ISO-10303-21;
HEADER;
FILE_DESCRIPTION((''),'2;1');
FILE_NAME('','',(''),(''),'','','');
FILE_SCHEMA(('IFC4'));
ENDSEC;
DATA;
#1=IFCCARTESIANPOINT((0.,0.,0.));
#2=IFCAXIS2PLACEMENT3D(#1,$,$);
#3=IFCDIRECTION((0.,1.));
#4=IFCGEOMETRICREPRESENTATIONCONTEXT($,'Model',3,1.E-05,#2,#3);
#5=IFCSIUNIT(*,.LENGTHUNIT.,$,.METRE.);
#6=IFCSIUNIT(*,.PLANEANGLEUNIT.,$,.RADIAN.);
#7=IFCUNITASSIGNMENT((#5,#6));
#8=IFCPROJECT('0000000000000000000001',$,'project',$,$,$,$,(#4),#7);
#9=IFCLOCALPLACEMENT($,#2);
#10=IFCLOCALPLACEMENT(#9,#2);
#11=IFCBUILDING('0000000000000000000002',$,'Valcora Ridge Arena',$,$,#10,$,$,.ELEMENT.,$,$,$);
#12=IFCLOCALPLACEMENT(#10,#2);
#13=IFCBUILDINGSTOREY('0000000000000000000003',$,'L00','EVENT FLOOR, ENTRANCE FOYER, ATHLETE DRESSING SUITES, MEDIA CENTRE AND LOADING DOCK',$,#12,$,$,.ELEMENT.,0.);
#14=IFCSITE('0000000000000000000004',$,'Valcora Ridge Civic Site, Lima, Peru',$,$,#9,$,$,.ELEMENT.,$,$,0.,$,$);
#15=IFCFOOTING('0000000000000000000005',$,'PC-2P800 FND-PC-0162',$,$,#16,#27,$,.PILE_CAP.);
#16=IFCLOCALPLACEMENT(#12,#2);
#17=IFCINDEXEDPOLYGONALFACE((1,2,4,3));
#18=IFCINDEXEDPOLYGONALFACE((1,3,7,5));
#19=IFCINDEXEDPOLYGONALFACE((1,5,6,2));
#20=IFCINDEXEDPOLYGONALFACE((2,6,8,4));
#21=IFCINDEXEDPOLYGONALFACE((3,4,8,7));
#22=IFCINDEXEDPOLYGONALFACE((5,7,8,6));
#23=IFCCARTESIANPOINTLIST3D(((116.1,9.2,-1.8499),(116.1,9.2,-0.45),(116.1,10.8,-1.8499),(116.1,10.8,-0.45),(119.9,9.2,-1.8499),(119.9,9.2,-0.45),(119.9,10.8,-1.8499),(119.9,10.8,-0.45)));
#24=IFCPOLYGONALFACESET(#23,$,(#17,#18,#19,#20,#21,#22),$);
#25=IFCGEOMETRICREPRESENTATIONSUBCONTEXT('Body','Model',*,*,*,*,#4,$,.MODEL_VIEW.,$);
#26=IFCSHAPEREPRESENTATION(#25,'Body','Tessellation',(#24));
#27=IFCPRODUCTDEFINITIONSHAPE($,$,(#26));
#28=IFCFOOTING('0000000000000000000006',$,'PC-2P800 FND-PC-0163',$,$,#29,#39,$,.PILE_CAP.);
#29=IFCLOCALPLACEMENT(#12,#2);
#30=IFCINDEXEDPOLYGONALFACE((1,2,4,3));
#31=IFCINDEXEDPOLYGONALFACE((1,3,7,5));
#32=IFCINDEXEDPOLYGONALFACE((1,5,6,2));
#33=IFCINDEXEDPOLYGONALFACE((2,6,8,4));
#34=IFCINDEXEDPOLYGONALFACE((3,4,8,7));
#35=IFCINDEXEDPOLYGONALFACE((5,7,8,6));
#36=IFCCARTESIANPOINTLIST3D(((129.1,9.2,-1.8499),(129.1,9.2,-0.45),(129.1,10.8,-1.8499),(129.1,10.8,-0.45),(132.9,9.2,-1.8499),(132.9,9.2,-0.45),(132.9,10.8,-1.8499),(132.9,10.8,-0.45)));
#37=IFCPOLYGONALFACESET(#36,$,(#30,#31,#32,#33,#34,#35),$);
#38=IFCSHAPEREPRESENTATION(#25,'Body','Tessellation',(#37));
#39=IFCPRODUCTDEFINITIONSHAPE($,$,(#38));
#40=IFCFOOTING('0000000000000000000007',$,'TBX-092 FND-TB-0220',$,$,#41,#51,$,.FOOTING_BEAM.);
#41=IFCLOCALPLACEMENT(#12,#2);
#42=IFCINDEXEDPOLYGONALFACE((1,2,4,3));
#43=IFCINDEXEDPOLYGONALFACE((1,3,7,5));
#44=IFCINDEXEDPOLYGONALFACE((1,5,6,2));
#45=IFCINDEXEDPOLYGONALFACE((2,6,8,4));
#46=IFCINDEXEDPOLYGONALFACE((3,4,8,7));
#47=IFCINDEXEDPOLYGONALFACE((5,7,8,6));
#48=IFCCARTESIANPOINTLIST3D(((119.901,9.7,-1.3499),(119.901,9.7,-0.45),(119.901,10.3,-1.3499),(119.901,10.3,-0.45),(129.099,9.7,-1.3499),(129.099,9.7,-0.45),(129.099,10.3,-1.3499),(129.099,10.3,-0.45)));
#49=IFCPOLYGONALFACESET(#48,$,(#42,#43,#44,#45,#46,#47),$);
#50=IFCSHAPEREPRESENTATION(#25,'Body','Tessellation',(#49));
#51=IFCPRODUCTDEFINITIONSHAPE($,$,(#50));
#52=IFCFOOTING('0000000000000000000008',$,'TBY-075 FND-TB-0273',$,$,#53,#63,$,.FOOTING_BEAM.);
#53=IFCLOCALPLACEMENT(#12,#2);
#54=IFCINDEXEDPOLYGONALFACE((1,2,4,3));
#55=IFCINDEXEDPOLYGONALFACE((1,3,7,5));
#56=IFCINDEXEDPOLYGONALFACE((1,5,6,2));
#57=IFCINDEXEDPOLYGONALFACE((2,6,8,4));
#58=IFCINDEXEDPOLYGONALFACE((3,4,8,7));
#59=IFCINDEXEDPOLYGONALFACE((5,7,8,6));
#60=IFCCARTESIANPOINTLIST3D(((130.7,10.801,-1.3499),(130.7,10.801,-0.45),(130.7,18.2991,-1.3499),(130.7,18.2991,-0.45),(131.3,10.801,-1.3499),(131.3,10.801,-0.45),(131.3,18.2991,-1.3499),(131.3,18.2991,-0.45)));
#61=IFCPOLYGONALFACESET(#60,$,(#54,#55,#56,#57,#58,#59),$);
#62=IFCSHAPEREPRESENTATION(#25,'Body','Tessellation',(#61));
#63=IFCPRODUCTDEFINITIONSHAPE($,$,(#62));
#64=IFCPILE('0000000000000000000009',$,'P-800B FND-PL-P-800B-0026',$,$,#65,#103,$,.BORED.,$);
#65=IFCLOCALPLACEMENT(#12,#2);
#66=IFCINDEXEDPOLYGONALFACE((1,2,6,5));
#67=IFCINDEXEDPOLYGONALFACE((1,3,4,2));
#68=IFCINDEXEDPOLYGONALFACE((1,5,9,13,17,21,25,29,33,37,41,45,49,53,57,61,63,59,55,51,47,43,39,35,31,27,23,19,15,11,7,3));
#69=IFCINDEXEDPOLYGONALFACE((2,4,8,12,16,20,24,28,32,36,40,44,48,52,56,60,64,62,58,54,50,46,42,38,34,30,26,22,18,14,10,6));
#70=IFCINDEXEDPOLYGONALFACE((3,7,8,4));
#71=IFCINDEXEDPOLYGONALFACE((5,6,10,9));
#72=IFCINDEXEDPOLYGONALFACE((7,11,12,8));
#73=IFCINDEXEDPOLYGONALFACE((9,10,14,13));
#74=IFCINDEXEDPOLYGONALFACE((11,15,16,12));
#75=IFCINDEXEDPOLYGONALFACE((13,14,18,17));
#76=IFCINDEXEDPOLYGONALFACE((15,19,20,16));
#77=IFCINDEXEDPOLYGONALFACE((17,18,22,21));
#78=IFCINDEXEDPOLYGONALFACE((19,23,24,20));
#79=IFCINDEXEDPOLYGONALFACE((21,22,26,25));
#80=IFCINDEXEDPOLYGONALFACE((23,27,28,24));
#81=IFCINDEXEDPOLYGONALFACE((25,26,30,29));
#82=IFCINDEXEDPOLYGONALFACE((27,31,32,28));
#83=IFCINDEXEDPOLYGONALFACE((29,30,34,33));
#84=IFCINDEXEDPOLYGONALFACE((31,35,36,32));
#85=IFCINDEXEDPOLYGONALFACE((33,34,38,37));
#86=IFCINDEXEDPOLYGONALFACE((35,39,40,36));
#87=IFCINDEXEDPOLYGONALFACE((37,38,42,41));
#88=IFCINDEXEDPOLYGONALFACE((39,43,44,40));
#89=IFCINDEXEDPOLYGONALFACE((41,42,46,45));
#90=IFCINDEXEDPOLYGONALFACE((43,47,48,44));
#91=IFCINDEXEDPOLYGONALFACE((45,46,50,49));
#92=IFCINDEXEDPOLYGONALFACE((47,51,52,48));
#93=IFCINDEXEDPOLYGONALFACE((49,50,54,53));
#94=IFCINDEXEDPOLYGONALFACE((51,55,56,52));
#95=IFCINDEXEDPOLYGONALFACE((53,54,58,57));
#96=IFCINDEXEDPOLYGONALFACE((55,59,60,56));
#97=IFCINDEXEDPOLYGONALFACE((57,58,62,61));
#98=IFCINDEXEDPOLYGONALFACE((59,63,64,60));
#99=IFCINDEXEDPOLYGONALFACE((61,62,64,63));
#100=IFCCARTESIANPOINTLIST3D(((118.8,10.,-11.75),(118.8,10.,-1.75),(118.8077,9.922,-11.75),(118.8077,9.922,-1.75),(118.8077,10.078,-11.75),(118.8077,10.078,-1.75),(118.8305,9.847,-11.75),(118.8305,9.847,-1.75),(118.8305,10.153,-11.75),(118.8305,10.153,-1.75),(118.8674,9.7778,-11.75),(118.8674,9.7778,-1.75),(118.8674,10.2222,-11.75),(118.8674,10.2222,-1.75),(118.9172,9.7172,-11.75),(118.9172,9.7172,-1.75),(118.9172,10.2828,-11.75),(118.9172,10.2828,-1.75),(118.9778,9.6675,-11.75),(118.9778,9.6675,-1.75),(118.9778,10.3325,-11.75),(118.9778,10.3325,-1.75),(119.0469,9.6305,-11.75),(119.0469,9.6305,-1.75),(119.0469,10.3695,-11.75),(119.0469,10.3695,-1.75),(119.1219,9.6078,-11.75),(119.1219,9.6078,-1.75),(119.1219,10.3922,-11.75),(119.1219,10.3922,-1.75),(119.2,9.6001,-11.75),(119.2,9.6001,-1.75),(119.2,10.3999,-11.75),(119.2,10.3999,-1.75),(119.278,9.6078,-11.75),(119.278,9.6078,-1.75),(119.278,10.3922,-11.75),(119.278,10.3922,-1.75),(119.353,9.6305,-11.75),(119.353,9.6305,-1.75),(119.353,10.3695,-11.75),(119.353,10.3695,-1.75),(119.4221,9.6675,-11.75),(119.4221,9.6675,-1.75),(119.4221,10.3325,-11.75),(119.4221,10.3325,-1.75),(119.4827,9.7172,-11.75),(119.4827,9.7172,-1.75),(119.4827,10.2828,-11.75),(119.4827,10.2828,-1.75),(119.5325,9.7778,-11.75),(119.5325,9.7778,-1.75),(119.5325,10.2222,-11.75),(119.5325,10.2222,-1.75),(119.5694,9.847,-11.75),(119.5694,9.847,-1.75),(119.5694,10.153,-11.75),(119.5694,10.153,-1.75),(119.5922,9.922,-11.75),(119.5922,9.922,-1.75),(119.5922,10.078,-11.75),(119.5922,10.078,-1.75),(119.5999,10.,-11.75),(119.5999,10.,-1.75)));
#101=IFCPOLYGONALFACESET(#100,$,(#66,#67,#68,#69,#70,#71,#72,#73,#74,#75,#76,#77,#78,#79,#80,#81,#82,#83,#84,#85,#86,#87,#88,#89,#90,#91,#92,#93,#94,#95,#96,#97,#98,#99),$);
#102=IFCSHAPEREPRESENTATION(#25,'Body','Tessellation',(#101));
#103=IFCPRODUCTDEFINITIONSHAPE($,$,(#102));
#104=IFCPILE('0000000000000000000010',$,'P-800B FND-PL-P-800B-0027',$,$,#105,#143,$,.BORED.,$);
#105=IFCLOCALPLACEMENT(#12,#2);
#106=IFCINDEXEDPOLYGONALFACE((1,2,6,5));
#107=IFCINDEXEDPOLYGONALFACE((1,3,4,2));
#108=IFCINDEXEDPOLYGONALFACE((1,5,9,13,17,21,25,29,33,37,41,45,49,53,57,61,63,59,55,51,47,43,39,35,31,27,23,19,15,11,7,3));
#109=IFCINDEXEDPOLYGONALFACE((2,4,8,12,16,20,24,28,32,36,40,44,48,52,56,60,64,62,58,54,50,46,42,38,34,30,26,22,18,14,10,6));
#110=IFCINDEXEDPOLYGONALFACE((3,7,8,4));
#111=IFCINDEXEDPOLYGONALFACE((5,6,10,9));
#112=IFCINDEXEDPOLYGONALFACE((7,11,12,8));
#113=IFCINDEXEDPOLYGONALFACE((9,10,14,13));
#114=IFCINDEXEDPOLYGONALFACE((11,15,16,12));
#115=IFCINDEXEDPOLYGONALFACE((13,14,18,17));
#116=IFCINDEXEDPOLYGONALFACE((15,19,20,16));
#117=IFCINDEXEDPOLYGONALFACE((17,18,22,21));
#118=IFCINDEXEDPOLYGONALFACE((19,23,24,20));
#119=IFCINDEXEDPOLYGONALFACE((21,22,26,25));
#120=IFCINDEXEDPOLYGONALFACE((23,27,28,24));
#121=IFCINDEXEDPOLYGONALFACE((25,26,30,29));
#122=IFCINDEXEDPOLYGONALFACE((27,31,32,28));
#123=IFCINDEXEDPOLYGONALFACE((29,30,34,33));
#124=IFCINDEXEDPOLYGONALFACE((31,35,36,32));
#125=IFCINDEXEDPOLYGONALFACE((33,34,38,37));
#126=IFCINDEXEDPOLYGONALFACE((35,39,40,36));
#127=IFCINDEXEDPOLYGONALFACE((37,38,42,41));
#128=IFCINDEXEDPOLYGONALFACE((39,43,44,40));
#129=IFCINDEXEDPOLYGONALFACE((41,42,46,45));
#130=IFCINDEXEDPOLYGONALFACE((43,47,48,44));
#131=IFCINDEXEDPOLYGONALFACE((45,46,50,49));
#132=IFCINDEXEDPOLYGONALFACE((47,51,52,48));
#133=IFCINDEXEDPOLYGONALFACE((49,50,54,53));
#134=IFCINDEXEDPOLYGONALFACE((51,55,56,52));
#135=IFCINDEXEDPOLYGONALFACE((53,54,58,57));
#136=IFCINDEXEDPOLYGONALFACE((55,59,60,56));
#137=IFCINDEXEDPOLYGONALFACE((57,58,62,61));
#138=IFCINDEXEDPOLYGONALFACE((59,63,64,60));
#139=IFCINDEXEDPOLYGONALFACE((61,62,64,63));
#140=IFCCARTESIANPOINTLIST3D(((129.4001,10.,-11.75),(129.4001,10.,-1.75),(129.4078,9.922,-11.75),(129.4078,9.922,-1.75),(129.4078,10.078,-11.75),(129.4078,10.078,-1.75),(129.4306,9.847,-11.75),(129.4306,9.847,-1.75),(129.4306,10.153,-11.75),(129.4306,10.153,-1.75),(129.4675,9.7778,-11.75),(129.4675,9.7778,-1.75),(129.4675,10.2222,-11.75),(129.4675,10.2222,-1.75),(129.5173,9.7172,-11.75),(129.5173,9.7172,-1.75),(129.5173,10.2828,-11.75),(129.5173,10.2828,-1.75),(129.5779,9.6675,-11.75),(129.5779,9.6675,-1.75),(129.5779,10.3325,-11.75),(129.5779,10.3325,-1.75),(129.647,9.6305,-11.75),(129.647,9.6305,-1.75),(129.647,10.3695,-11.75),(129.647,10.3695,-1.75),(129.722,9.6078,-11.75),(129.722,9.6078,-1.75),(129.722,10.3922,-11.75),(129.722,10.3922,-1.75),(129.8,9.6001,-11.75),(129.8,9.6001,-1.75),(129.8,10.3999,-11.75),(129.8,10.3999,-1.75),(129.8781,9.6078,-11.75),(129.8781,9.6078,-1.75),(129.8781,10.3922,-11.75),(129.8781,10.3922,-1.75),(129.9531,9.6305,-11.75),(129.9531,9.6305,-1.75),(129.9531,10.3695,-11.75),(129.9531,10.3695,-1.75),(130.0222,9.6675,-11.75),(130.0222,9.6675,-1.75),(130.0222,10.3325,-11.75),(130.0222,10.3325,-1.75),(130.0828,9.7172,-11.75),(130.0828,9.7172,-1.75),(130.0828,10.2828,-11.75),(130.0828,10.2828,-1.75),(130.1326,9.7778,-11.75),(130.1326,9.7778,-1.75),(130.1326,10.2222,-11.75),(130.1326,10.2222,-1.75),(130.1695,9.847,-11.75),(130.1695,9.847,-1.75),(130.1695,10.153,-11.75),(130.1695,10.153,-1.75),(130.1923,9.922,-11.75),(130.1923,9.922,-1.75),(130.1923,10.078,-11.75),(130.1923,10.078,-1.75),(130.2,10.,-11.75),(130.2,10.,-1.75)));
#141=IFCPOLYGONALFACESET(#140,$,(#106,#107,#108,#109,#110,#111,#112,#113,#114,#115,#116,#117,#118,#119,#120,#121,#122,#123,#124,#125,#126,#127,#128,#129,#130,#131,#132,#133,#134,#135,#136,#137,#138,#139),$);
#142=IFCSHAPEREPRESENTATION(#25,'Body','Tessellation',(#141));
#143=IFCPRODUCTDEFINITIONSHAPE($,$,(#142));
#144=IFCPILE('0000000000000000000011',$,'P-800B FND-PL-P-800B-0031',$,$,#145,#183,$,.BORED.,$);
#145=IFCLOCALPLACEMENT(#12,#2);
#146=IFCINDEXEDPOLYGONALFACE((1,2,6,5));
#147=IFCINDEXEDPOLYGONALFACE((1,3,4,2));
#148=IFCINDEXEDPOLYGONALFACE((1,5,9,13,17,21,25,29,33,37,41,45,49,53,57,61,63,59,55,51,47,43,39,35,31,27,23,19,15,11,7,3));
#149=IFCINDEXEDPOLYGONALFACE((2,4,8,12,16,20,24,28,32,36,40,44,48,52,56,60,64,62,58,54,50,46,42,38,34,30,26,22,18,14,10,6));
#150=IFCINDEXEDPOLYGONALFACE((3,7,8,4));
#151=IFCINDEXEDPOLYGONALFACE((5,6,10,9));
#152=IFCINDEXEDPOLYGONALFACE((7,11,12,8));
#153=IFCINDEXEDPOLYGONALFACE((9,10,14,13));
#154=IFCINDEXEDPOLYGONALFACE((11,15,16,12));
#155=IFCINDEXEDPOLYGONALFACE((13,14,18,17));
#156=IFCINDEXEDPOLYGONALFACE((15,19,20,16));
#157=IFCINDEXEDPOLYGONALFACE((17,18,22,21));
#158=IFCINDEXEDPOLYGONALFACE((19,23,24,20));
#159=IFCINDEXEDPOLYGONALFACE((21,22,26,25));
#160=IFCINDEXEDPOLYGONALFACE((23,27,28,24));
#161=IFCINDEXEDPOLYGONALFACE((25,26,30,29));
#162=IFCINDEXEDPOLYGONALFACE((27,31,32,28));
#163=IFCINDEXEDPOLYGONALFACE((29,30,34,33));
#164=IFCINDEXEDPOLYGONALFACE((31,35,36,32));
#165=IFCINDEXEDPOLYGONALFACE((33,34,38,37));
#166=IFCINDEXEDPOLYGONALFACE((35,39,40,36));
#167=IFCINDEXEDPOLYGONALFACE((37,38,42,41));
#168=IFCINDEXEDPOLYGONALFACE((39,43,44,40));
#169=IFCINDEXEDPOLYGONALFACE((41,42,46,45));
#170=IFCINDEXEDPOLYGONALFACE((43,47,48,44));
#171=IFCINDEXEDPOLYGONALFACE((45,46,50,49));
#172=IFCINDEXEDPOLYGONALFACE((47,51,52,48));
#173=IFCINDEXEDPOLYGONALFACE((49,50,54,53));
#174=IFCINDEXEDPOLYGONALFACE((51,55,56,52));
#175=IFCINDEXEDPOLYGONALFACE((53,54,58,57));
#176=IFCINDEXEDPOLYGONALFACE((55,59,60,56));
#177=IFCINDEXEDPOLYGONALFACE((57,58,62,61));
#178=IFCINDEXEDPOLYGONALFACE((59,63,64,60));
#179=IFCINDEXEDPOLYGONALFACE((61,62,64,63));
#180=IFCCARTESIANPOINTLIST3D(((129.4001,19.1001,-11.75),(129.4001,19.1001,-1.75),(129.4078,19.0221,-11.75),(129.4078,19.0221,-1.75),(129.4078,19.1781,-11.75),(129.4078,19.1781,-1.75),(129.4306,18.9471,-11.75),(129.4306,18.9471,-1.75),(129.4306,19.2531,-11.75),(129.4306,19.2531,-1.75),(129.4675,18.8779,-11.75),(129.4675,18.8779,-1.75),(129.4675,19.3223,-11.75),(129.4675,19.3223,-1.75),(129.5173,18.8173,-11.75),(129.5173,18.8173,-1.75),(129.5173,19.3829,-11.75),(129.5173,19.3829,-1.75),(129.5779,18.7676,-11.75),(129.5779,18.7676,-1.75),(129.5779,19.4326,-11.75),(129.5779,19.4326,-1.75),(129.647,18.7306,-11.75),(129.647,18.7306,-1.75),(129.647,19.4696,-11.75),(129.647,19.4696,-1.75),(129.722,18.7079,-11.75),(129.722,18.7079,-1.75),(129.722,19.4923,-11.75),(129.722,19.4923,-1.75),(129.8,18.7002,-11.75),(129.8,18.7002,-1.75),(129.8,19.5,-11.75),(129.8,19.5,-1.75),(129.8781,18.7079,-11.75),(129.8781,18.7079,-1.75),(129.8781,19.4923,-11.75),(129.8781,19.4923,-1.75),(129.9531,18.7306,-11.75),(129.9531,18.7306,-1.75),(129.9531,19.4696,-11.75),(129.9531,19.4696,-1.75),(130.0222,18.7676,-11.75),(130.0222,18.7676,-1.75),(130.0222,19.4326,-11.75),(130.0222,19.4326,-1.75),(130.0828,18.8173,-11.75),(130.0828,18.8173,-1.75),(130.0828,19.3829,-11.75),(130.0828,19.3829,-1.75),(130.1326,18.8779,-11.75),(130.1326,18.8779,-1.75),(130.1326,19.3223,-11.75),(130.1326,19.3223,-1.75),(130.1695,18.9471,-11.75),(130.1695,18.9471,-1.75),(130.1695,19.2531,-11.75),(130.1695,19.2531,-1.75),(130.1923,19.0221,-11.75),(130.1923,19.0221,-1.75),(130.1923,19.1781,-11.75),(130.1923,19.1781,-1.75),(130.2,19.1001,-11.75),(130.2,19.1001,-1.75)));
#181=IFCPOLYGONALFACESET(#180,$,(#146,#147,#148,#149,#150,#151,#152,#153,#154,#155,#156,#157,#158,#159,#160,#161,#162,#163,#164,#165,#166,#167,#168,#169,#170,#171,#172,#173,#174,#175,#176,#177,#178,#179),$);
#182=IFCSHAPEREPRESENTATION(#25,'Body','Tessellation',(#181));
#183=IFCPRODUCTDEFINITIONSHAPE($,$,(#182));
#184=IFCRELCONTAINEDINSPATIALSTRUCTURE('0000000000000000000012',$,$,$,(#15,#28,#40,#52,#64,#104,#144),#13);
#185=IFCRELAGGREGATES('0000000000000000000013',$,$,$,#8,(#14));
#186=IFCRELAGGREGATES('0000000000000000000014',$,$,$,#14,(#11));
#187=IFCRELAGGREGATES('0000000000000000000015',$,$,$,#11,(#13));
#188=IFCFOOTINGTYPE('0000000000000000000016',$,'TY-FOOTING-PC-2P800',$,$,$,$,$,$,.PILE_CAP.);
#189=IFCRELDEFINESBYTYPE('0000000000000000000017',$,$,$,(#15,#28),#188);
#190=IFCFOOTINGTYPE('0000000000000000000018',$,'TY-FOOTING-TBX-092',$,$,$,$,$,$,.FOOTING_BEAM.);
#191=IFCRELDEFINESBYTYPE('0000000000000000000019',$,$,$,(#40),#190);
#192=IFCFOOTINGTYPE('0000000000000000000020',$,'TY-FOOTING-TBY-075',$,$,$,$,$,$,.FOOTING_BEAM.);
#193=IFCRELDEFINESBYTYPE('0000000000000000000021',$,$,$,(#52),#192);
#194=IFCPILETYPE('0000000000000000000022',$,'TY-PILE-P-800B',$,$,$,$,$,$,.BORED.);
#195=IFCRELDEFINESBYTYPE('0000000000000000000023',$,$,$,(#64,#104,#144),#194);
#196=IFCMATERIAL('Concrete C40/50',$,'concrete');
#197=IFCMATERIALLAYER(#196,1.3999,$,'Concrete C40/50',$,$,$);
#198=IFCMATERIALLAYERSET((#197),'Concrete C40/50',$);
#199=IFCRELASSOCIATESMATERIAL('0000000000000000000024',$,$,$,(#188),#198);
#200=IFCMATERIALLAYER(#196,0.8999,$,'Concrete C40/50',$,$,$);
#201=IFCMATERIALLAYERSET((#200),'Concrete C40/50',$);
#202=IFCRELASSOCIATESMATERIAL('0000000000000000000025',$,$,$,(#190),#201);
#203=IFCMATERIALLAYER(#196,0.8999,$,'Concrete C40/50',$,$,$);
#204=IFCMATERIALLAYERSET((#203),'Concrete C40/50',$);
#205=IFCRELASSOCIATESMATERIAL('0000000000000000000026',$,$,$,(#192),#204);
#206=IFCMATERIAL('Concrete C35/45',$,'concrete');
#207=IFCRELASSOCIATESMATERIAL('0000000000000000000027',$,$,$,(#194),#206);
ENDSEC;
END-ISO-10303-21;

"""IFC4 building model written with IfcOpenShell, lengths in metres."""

from ifc_helpers import new_model, si_unit, direction, frame, origin, origin_2d, place, context, subcontext, project, spatial, rectangle, circle, extrude, material, layer, layer_set, material_profile, profile_set, type_object, element, save


model = new_model("IFC4")

# Units and contexts
model_context = context("Model", 3, precision=1e-05, world=origin(), true_north=direction((0.0, 1.0)))
body_context = subcontext(model_context, "Body", "Model", "MODEL_VIEW")
ifc_project = project(units=[si_unit("LENGTHUNIT", "METRE"), si_unit("PLANEANGLEUNIT", "RADIAN")], contexts=[model_context])

# Site, building, storey
site_placement = place(None, origin())
site = spatial("IfcSite", under=ifc_project, at=site_placement, Name="Valcora Ridge Civic Site, Lima, Peru", CompositionType="ELEMENT", RefElevation=0.0)
building_placement = place(site_placement, origin())
building = spatial("IfcBuilding", under=site, at=building_placement, Name="Valcora Ridge Arena", CompositionType="ELEMENT")
storey_placement = place(building_placement, origin())
storey = spatial("IfcBuildingStorey", under=building, at=storey_placement, Name="L00", Description="EVENT FLOOR, ENTRANCE FOYER, ATHLETE DRESSING SUITES, MEDIA CENTRE AND LOADING DOCK", CompositionType="ELEMENT", Elevation=0.0)

# Footings
ifc_material_1 = material(Name="Concrete C40/50", Category="concrete")
ifc_layer_1 = layer(ifc_material_1, 1.3999, Name="Concrete C40/50")
ifc_layer_set_1 = layer_set([ifc_layer_1], Name="Concrete C40/50")
footing_type_1 = type_object("IfcFootingType", Name="TY-FOOTING-PC-2P800", PredefinedType="PILE_CAP", material=ifc_layer_set_1)
for number, where, z_axis, x_axis, name in (
    (1, (118.0, 10.0, -1.8499), (0.0, 0.0, 1.0), (1.0, 0.0, 0.0), "PC-2P800 FND-PC-0162"),
    (2, (131.0, 10.0, -1.8499), (0.0, 0.0, 1.0), (1.0, 0.0, 0.0), "PC-2P800 FND-PC-0163"),
):
    element("IfcFooting", number, at=place(storey_placement, frame(where, z_axis=z_axis, x_axis=x_axis)), inside=storey, type_object=footing_type_1, Name=name, PredefinedType="PILE_CAP", context=body_context, shape_type="SweptSolid", body=[
        extrude(rectangle(XDim=3.8, YDim=1.6001, at=origin_2d()), origin(), (0.0, 0.0, 1.0), 1.3999),
    ])
ifc_layer_2 = layer(ifc_material_1, 0.8999, Name="Concrete C40/50")
ifc_layer_set_2 = layer_set([ifc_layer_2], Name="Concrete C40/50")
footing_type_2 = type_object("IfcFootingType", Name="TY-FOOTING-TBX-092", PredefinedType="FOOTING_BEAM", material=ifc_layer_set_2)
footing_1_placement = place(storey_placement, frame((124.5, 10.0, -1.3499), z_axis=(0.0, 0.0, 1.0), x_axis=(1.0, 0.0, 0.0)))
element("IfcFooting", 3, at=footing_1_placement, inside=storey, type_object=footing_type_2, Name="TBX-092 FND-TB-0220", PredefinedType="FOOTING_BEAM", context=body_context, shape_type="SweptSolid", body=[
    extrude(rectangle(XDim=9.198, YDim=0.6001, at=origin_2d()), origin(), (0.0, 0.0, 1.0), 0.8999),
])
ifc_layer_3 = layer(ifc_material_1, 0.8999, Name="Concrete C40/50")
ifc_layer_set_3 = layer_set([ifc_layer_3], Name="Concrete C40/50")
footing_type_3 = type_object("IfcFootingType", Name="TY-FOOTING-TBY-075", PredefinedType="FOOTING_BEAM", material=ifc_layer_set_3)
footing_2_placement = place(storey_placement, frame((131.0, 14.55, -1.3499), z_axis=(0.0, 0.0, 1.0), x_axis=(1.0, 0.0, 0.0)))
element("IfcFooting", 4, at=footing_2_placement, inside=storey, type_object=footing_type_3, Name="TBY-075 FND-TB-0273", PredefinedType="FOOTING_BEAM", context=body_context, shape_type="SweptSolid", body=[
    extrude(rectangle(XDim=0.6001, YDim=7.498, at=origin_2d()), origin(), (0.0, 0.0, 1.0), 0.8999),
])

# Piles
ifc_material_2 = material(Name="Concrete C35/45", Category="concrete")
ifc_material_profile_1 = material_profile(ifc_material_2, circle(Radius=0.3999, at=origin_2d()), Name="BORED PILE D800")
ifc_profile_set_1 = profile_set([ifc_material_profile_1], Name="Concrete C35/45")
pile_type = type_object("IfcPileType", Name="TY-PILE-P-800B", PredefinedType="BORED", material=ifc_profile_set_1)
for number, where, z_axis, x_axis, name in (
    (5, (119.2, 10.0, -1.75), (0.0, 0.0, -1.0), (1.0, 0.0, 0.0), "P-800B FND-PL-P-800B-0026"),
    (6, (129.8, 10.0, -1.75), (0.0, 0.0, -1.0), (1.0, 0.0, 0.0), "P-800B FND-PL-P-800B-0027"),
    (7, (129.8, 19.1001, -1.75), (0.0, 0.0, -1.0), (1.0, 0.0, 0.0), "P-800B FND-PL-P-800B-0031"),
):
    element("IfcPile", number, at=place(storey_placement, frame(where, z_axis=z_axis, x_axis=x_axis)), inside=storey, type_object=pile_type, Name=name, PredefinedType="BORED", context=body_context, shape_type="SweptSolid", body=[
        extrude(circle(Radius=0.3999, at=origin_2d()), origin(), (0.0, 0.0, 1.0), 10.0),
    ])

save(model, "model.ifc")
